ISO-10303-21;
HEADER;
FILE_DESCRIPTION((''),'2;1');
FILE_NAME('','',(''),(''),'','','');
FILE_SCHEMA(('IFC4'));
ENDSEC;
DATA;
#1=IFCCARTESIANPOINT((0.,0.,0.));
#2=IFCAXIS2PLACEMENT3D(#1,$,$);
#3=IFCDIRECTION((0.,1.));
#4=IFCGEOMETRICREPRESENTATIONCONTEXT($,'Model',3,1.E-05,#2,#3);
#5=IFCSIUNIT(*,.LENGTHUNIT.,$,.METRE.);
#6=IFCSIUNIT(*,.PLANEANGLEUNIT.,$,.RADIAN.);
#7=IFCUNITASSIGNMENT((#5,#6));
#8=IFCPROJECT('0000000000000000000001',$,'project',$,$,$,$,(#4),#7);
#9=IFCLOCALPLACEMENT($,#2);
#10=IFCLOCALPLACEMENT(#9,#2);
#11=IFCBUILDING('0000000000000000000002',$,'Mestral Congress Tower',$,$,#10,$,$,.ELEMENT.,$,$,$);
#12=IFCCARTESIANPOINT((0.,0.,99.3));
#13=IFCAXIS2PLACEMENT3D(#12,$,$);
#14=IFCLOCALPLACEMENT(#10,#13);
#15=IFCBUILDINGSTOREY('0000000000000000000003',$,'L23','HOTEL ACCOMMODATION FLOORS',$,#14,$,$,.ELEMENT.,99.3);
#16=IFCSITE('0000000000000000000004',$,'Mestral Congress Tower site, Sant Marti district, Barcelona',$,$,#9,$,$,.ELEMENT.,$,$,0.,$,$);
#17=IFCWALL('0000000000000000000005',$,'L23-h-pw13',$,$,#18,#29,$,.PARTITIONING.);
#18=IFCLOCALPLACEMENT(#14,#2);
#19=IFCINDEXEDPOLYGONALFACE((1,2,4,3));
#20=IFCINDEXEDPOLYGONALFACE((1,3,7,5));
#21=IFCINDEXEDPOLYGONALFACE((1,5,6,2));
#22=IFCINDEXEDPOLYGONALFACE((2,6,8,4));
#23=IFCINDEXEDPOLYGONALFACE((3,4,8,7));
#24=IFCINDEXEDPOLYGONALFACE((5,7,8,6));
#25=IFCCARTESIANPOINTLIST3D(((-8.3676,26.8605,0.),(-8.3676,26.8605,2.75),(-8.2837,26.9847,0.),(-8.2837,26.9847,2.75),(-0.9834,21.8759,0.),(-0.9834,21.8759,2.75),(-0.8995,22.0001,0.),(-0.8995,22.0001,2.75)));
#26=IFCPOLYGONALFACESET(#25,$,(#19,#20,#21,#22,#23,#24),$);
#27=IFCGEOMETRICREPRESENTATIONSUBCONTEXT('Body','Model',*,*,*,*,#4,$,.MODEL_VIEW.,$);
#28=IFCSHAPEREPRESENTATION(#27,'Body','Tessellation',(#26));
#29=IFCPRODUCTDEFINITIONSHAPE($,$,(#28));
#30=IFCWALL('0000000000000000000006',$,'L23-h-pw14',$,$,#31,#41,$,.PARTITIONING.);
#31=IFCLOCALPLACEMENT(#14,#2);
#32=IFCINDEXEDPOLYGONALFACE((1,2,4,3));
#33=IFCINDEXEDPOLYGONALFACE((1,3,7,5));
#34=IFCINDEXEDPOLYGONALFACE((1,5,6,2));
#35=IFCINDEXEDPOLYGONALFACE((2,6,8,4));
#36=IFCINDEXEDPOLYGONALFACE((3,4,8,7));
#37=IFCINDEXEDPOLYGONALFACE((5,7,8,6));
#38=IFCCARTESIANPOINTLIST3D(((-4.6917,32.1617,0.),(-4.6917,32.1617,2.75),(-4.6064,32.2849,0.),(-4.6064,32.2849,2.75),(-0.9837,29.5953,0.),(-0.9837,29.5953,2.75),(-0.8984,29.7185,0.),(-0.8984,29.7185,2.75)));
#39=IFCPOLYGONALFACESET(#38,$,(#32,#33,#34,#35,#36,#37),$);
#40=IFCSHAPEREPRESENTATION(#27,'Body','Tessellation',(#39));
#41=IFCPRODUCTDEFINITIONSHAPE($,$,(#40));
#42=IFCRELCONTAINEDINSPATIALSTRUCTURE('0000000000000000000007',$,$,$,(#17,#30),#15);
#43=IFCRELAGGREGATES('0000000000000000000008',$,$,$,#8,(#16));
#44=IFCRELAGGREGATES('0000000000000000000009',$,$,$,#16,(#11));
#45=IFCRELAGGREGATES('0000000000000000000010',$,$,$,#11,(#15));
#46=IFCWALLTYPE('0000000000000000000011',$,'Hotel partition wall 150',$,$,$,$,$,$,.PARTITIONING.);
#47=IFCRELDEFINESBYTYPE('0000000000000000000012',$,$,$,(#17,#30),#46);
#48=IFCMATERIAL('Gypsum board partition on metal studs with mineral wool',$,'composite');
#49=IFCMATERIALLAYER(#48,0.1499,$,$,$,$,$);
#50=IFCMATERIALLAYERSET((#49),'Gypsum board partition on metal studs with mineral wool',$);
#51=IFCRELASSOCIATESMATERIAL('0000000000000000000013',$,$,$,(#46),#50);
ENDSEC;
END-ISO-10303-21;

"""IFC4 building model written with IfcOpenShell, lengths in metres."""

from ifc_helpers import new_model, si_unit, direction, frame, frame_2d, origin, place, context, subcontext, project, spatial, rectangle, extrude, material, layer, layer_set, type_object, element, save


model = new_model("IFC4")

# Units and contexts
model_context = context("Model", 3, precision=1e-05, world=origin(), true_north=direction((0.0, 1.0)))
body_context = subcontext(model_context, "Body", "Model", "MODEL_VIEW")
ifc_project = project(units=[si_unit("LENGTHUNIT", "METRE"), si_unit("PLANEANGLEUNIT", "RADIAN")], contexts=[model_context])

# Site, building, storey
site_placement = place(None, origin())
site = spatial("IfcSite", under=ifc_project, at=site_placement, Name="Mestral Congress Tower site, Sant Marti district, Barcelona", CompositionType="ELEMENT", RefElevation=0.0)
building_placement = place(site_placement, origin())
building = spatial("IfcBuilding", under=site, at=building_placement, Name="Mestral Congress Tower", CompositionType="ELEMENT")
storey_placement = place(building_placement, frame((0.0, 0.0, 99.3)))
storey = spatial("IfcBuildingStorey", under=building, at=storey_placement, Name="L23", Description="HOTEL ACCOMMODATION FLOORS", CompositionType="ELEMENT", Elevation=99.3)

# Shared definitions
ifc_material_1 = material(Name="Gypsum board partition on metal studs with mineral wool", Category="composite")

# Walls
ifc_layer_1 = layer(ifc_material_1, 0.1499)
ifc_layer_set_1 = layer_set([ifc_layer_1], Name="Gypsum board partition on metal studs with mineral wool")
wall_type_1 = type_object("IfcWallType", Name="Hotel partition wall 150", PredefinedType="PARTITIONING", material=ifc_layer_set_1)
wall_1_placement = place(storey_placement, frame((-8.3257, 26.9226, 0.0), z_axis=(0.0, 0.0, 1.0), x_axis=(0.828837, -0.559491, 0.0)))
element("IfcWall", 1, at=wall_1_placement, inside=storey, type_object=wall_type_1, Name="L23-h-pw13", PredefinedType="PARTITIONING", context=body_context, shape_type="SweptSolid", body=[
    extrude(rectangle(XDim=8.9092, YDim=0.1499, at=frame_2d((4.4546, 0.0))), origin(), (0.0, 0.0, 1.0), 2.75),
])
wall_2_placement = place(storey_placement, frame((-4.6492, 32.2234, 0.0), z_axis=(0.0, 0.0, 1.0), x_axis=(0.822262, -0.569109, 0.0)))
element("IfcWall", 2, at=wall_2_placement, inside=storey, type_object=wall_type_1, Name="L23-h-pw14", PredefinedType="PARTITIONING", context=body_context, shape_type="SweptSolid", body=[
    extrude(rectangle(XDim=4.5095, YDim=0.1499, at=frame_2d((2.2549, 0.0))), origin(), (0.0, 0.0, 1.0), 2.75),
])

save(model, "model.ifc")
